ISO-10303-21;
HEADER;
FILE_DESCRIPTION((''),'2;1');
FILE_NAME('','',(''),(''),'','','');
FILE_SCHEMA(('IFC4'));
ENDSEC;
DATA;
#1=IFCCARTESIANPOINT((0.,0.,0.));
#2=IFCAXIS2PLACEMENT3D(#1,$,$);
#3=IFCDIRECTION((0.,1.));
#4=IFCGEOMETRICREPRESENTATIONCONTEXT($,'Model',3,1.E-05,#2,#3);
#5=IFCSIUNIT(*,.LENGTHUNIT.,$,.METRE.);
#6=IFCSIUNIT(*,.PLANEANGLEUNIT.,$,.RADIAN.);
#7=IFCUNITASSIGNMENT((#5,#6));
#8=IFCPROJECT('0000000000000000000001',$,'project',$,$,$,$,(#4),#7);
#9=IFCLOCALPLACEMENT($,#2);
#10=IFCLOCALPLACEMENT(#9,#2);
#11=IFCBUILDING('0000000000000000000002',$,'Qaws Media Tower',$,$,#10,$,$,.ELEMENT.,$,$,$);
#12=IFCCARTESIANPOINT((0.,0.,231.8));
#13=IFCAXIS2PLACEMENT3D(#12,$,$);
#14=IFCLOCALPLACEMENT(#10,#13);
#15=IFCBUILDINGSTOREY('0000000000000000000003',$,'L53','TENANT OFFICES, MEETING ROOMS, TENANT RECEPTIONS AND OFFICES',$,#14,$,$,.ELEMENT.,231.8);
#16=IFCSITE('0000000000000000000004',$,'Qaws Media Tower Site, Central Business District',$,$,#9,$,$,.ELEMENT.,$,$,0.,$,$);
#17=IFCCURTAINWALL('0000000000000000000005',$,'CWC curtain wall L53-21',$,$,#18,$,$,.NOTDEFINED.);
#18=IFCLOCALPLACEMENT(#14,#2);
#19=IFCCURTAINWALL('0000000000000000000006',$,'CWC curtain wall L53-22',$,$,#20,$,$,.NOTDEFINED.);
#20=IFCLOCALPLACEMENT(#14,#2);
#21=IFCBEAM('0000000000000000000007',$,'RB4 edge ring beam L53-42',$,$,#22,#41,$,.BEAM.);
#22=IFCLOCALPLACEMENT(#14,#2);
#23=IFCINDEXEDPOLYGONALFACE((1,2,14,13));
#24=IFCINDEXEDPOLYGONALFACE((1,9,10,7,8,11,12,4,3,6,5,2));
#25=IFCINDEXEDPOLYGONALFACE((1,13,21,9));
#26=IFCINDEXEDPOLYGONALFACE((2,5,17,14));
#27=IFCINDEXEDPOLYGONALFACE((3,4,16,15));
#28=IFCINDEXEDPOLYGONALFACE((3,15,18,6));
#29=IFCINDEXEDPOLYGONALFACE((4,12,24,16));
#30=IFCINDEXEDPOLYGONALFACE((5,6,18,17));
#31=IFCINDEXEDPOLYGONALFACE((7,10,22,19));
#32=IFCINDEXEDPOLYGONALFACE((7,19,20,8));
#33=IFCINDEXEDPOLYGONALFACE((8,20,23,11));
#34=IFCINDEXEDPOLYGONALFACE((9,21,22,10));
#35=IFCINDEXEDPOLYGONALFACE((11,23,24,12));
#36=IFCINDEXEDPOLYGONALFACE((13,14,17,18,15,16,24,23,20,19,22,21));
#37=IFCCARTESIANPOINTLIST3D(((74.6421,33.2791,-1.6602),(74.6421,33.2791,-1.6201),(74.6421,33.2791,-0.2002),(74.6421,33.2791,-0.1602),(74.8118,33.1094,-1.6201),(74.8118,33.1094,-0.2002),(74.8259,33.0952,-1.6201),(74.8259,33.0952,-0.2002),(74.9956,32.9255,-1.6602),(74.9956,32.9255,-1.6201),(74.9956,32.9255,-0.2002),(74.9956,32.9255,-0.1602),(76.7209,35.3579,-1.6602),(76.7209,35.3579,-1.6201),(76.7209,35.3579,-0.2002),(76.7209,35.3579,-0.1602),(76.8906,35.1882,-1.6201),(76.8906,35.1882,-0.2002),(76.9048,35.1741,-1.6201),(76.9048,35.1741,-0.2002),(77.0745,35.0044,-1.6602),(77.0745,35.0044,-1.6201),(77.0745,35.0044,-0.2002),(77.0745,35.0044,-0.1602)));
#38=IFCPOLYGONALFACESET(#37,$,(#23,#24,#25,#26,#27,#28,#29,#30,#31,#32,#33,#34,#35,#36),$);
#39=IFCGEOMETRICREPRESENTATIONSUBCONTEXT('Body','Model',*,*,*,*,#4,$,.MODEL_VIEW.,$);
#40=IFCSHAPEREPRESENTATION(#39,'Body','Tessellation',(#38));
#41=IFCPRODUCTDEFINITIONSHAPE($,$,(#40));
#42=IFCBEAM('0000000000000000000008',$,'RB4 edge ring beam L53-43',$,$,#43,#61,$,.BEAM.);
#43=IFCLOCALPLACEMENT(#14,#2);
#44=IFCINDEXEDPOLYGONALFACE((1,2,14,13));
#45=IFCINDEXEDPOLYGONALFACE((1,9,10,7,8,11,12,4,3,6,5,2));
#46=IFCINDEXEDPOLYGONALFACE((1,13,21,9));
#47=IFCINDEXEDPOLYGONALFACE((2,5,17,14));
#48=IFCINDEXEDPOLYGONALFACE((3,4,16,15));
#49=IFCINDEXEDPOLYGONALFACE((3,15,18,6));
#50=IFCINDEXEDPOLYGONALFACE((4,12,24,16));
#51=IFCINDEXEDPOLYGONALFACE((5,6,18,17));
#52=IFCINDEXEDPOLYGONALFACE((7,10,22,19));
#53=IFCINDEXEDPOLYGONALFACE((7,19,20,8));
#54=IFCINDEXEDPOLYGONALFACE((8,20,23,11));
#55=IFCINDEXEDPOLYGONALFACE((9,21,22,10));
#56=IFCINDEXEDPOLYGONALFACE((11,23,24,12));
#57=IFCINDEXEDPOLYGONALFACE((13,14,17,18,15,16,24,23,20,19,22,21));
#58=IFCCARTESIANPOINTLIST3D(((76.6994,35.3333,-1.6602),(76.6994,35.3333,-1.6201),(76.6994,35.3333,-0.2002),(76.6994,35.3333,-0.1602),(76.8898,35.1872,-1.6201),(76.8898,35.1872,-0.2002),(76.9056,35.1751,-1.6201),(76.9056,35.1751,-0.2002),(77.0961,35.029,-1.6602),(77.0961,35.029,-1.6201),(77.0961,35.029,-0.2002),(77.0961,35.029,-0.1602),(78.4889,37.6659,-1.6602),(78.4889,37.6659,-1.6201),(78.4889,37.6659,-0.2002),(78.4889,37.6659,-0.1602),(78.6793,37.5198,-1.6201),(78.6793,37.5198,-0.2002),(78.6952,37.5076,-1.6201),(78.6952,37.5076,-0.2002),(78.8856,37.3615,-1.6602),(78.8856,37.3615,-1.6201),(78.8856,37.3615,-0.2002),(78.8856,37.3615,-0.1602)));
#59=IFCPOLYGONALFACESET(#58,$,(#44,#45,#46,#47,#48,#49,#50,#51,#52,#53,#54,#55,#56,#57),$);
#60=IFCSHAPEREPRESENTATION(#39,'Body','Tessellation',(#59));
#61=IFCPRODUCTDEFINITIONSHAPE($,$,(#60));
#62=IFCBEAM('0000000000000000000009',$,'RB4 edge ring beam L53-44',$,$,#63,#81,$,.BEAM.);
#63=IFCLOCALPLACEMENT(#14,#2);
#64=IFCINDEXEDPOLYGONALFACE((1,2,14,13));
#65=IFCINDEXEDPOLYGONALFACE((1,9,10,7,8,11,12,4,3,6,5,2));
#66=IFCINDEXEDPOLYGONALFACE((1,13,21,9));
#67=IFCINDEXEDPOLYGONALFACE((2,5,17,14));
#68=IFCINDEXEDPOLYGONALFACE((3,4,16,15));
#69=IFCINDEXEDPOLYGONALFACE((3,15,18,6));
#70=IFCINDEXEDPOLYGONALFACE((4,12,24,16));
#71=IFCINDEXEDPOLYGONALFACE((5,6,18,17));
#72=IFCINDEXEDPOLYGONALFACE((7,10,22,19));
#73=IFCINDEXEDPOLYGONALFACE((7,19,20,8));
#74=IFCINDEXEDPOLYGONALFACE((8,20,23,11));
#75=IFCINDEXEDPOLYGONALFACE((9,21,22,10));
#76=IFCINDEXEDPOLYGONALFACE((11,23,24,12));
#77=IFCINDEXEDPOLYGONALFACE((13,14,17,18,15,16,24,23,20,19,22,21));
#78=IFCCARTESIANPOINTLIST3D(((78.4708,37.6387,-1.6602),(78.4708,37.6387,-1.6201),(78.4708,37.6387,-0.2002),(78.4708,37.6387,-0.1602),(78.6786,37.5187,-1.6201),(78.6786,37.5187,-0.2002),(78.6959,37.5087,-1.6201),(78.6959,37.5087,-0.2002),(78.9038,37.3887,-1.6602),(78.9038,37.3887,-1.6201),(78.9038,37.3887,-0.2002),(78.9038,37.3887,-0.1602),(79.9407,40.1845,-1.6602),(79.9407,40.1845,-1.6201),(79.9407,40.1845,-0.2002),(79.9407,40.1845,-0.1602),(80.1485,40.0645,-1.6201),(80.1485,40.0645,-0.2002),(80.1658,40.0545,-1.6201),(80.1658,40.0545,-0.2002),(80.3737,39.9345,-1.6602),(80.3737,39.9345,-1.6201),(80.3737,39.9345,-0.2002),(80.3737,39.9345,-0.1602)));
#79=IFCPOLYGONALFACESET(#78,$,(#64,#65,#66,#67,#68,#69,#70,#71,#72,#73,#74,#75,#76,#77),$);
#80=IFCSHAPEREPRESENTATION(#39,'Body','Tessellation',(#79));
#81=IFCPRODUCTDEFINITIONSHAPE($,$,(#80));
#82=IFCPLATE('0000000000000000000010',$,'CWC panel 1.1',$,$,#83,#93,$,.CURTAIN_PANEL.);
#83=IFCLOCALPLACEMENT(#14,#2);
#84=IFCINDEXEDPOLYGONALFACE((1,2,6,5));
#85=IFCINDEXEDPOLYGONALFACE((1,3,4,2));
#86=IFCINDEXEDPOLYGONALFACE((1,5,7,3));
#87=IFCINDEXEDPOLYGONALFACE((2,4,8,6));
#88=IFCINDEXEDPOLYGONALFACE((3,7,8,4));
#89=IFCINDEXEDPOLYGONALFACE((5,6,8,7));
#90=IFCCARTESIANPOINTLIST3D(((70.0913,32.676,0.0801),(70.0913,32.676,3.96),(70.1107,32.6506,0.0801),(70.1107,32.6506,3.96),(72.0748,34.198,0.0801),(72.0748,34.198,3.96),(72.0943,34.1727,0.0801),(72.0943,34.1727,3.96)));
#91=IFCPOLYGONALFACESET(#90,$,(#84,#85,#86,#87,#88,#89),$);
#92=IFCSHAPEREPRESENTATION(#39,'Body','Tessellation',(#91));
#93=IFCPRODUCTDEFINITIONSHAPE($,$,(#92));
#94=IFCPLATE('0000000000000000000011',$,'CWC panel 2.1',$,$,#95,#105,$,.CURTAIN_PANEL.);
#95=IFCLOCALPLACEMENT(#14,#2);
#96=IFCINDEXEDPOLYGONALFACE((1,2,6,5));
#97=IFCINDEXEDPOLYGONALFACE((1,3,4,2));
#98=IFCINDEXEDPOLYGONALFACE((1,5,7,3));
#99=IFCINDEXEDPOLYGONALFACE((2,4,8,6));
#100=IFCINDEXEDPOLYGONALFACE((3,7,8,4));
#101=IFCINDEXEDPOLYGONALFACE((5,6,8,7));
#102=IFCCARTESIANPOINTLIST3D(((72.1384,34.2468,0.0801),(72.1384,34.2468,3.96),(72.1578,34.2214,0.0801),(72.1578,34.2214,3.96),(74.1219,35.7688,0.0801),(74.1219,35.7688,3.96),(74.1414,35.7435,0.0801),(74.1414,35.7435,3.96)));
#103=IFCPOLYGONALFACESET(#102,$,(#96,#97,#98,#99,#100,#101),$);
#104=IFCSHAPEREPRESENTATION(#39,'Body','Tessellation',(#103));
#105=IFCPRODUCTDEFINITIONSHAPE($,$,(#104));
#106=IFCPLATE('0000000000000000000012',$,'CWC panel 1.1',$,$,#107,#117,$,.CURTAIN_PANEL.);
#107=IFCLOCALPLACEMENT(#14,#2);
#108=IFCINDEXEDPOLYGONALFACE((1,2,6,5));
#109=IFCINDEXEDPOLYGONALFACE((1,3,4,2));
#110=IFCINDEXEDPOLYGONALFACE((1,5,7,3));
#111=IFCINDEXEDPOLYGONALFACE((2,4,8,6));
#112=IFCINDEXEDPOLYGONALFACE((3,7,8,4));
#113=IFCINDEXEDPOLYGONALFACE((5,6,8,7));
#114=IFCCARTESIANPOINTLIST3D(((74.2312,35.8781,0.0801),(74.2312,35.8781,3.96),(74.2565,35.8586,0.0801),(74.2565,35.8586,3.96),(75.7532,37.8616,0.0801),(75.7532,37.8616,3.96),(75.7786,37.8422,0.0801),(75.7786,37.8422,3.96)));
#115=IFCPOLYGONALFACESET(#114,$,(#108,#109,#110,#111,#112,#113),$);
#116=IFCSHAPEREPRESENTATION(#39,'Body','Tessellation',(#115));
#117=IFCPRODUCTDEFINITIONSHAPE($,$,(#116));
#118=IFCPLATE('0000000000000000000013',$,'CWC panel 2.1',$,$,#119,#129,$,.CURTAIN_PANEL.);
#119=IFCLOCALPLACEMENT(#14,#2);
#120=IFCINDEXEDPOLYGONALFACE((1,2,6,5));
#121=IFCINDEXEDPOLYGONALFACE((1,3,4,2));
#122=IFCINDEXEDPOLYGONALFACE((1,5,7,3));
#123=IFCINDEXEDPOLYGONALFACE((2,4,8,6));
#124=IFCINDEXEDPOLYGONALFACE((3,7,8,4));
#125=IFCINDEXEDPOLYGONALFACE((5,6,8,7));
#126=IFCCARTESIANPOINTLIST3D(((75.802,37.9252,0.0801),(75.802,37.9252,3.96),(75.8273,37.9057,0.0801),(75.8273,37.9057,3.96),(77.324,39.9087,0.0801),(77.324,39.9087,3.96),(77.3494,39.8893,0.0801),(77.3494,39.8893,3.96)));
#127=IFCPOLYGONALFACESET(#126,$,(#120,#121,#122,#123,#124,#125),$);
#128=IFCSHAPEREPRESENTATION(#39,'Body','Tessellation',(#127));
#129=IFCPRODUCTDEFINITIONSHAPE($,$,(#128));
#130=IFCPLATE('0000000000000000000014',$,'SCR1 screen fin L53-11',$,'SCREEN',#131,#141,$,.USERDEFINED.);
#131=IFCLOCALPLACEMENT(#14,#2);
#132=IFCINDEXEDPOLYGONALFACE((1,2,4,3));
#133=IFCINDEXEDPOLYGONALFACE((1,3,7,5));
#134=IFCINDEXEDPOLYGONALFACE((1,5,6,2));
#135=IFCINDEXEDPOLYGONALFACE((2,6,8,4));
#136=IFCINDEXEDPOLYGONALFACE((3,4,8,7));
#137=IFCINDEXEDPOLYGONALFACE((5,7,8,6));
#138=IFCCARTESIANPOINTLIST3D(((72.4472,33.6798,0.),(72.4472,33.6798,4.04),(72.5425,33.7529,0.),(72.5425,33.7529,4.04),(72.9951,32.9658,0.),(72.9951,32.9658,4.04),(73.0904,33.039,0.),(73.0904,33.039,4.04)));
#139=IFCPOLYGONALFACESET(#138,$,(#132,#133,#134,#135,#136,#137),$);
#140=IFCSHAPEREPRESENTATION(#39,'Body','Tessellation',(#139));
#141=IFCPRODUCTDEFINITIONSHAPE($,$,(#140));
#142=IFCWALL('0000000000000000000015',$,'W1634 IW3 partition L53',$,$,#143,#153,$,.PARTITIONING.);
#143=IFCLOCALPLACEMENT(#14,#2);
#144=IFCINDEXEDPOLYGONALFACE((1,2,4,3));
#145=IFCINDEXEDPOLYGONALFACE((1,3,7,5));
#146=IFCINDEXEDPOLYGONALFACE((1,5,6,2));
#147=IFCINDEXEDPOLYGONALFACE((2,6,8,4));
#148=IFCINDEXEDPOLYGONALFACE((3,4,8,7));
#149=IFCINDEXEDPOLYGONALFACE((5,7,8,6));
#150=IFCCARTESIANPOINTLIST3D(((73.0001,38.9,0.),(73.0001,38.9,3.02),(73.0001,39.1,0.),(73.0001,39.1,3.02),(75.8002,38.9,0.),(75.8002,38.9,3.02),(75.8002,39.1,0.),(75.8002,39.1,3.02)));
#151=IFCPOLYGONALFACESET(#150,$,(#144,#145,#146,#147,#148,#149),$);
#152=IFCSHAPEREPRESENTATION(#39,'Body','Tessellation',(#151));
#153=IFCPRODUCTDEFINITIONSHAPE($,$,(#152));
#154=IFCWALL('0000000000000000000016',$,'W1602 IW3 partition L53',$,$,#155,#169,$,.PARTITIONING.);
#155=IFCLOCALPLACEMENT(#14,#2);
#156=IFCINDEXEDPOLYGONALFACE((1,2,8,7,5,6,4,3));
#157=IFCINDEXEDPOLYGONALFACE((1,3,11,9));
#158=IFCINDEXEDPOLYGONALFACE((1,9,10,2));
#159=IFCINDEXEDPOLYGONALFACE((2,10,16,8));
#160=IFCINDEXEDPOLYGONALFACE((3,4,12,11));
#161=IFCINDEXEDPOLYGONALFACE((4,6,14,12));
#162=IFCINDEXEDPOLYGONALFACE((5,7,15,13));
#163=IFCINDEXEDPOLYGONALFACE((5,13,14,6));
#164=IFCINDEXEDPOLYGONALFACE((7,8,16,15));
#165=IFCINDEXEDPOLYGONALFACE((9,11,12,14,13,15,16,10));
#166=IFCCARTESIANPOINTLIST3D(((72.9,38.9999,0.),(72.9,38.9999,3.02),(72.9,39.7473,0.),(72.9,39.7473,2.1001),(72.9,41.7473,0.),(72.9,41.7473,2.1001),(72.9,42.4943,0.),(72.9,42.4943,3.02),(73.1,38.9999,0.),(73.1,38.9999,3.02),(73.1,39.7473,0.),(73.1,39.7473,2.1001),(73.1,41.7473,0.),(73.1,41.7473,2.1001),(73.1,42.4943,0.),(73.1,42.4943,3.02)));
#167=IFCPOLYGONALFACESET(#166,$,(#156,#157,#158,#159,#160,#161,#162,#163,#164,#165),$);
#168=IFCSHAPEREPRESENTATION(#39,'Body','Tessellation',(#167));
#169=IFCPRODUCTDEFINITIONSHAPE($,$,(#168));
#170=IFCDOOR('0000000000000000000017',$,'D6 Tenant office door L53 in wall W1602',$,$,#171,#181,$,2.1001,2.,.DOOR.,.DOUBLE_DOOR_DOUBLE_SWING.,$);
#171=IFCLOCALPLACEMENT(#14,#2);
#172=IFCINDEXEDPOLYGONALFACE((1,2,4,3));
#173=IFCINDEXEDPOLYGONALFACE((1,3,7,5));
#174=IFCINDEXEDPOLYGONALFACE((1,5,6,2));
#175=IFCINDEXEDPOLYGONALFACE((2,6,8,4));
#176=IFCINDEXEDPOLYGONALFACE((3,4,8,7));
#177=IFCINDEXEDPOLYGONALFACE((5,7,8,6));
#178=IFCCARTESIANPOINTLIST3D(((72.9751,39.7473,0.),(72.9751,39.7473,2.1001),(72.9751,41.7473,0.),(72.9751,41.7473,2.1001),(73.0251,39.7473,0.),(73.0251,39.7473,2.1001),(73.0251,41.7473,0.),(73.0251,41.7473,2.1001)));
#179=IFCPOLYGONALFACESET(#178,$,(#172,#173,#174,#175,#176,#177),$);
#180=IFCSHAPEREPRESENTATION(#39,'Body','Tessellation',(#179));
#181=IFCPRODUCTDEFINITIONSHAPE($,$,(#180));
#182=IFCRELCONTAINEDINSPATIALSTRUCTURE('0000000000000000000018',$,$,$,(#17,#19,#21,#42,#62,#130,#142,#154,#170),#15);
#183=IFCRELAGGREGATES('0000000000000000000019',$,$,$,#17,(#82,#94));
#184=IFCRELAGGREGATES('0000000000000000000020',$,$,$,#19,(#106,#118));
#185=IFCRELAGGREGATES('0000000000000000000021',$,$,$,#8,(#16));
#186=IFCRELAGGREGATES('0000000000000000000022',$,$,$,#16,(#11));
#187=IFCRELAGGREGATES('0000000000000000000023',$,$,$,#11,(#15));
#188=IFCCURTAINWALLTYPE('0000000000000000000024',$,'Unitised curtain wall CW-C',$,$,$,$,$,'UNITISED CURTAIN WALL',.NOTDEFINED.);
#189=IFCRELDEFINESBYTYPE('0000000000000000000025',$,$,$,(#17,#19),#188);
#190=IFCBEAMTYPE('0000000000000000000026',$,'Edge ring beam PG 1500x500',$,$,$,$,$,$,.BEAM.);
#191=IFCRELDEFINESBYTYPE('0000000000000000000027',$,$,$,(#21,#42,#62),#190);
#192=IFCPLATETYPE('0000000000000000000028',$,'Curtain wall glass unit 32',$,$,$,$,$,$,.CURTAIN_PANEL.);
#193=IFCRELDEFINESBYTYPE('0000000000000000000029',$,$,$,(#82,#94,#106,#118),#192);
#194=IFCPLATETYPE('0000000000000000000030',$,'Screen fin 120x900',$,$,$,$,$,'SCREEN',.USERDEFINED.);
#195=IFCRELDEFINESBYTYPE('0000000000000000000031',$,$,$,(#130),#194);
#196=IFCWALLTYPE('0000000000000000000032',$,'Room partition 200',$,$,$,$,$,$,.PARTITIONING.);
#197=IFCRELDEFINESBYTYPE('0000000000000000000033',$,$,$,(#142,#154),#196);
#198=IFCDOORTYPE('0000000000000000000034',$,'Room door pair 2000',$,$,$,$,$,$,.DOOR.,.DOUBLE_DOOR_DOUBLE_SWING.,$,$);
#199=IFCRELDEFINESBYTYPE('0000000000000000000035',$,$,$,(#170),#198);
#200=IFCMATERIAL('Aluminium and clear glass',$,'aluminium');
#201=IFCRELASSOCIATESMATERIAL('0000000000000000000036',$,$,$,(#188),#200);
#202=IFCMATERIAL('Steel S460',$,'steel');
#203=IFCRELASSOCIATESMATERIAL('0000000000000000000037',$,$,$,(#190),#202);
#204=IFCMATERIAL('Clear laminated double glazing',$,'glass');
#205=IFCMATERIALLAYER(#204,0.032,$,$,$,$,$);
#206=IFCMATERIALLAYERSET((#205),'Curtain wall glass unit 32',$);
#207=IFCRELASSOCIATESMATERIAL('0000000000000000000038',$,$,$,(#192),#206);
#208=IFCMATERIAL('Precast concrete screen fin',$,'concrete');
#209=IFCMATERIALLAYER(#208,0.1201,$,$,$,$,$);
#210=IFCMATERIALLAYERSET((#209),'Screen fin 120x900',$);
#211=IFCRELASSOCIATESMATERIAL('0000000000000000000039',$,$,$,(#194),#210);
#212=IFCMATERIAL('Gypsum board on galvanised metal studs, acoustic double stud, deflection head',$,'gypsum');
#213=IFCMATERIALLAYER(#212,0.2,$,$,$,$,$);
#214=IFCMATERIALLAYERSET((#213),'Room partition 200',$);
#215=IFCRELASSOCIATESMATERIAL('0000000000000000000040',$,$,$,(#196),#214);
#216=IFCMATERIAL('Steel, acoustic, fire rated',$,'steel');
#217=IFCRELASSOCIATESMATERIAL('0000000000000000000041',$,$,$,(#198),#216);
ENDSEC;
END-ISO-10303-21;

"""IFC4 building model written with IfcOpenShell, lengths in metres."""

from ifc_helpers import new_model, si_unit, direction, frame, frame_2d, origin, origin_2d, place, context, subcontext, project, spatial, rectangle, i_section, extrude, material, layer, layer_set, material_profile, profile_set, type_object, element, fill, aggregate, save


model = new_model("IFC4")

# Units and contexts
model_context = context("Model", 3, precision=1e-05, world=origin(), true_north=direction((0.0, 1.0)))
body_context = subcontext(model_context, "Body", "Model", "MODEL_VIEW")
ifc_project = project(units=[si_unit("LENGTHUNIT", "METRE"), si_unit("PLANEANGLEUNIT", "RADIAN")], contexts=[model_context])

# Site, building, storey
site_placement = place(None, origin())
site = spatial("IfcSite", under=ifc_project, at=site_placement, Name="Qaws Media Tower Site, Central Business District", CompositionType="ELEMENT", RefElevation=0.0)
building_placement = place(site_placement, origin())
building = spatial("IfcBuilding", under=site, at=building_placement, Name="Qaws Media Tower", CompositionType="ELEMENT")
storey_placement = place(building_placement, frame((0.0, 0.0, 231.8)))
storey = spatial("IfcBuildingStorey", under=building, at=storey_placement, Name="L53", Description="TENANT OFFICES, MEETING ROOMS, TENANT RECEPTIONS AND OFFICES", CompositionType="ELEMENT", Elevation=231.8)

# Curtain walls
ifc_material_1 = material(Name="Aluminium and clear glass", Category="aluminium")
curtain_wall_type = type_object("IfcCurtainWallType", Name="Unitised curtain wall CW-C", ElementType="UNITISED CURTAIN WALL", PredefinedType="NOTDEFINED", material=ifc_material_1)
curtain_wall_1_placement = place(storey_placement, origin())
curtain_wall_1 = element("IfcCurtainWall", 1, at=curtain_wall_1_placement, inside=storey, type_object=curtain_wall_type, Name="CWC curtain wall L53-21", PredefinedType="NOTDEFINED")
curtain_wall_2_placement = place(storey_placement, origin())
curtain_wall_2 = element("IfcCurtainWall", 2, at=curtain_wall_2_placement, inside=storey, type_object=curtain_wall_type, Name="CWC curtain wall L53-22", PredefinedType="NOTDEFINED")

# Beams
ifc_material_2 = material(Name="Steel S460", Category="steel")
ifc_material_profile_1 = material_profile(ifc_material_2, i_section(OverallWidth=0.5, OverallDepth=1.5, WebThickness=0.02, FlangeThickness=0.04, at=origin_2d()), Name="PG 1500x500")
ifc_profile_set_1 = profile_set([ifc_material_profile_1], Name="Steel S460")
beam_type = type_object("IfcBeamType", Name="Edge ring beam PG 1500x500", PredefinedType="BEAM", material=ifc_profile_set_1)
for number, where, z_axis, x_axis, name in (
    (3, (74.8188, 33.1023, -0.9102), (0.707107, 0.707107, 0.0), (-0.707107, 0.707107, 0.0), "RB4 edge ring beam L53-42"),
    (4, (76.8977, 35.1812, -0.9102), (0.608707, 0.793395, 0.0), (-0.793395, 0.608707, 0.0), "RB4 edge ring beam L53-43"),
):
    element("IfcBeam", number, at=place(storey_placement, frame(where, z_axis=z_axis, x_axis=x_axis)), inside=storey, type_object=beam_type, Name=name, PredefinedType="BEAM", context=body_context, shape_type="SweptSolid", body=[
        extrude(i_section(OverallWidth=0.5, OverallDepth=1.5, WebThickness=0.02, FlangeThickness=0.04, at=origin_2d()), origin(), (0.0, 0.0, 1.0), 2.9399),
    ])
beam_placement = place(storey_placement, frame((78.6873, 37.5137, -0.9102), z_axis=(0.500024, 0.866011, 0.0), x_axis=(-0.866011, 0.500024, 0.0)))
element("IfcBeam", 5, at=beam_placement, inside=storey, type_object=beam_type, Name="RB4 edge ring beam L53-44", PredefinedType="BEAM", context=body_context, shape_type="SweptSolid", body=[
    extrude(i_section(OverallWidth=0.5, OverallDepth=1.5, WebThickness=0.02, FlangeThickness=0.04, at=origin_2d()), origin(), (0.0, 0.0, 1.0), 2.9397),
])

# Plates
ifc_material_3 = material(Name="Clear laminated double glazing", Category="glass")
ifc_layer_1 = layer(ifc_material_3, 0.032)
ifc_layer_set_1 = layer_set([ifc_layer_1], Name="Curtain wall glass unit 32")
plate_type_1 = type_object("IfcPlateType", Name="Curtain wall glass unit 32", PredefinedType="CURTAIN_PANEL", material=ifc_layer_set_1)
plate_1_placement = place(storey_placement, frame((71.0928, 33.4243, 0.0801), z_axis=(0.0, 0.0, 1.0), x_axis=(0.793353, 0.608761, 0.0)))
plate_1 = element("IfcPlate", 6, at=plate_1_placement, type_object=plate_type_1, Name="CWC panel 1.1", PredefinedType="CURTAIN_PANEL", context=body_context, shape_type="SweptSolid", body=[
    extrude(rectangle(XDim=2.5002, YDim=0.032, at=origin_2d()), origin(), (0.0, 0.0, 1.0), 3.8799),
])
plate_2_placement = place(storey_placement, frame((73.1399, 34.9951, 0.0801), z_axis=(0.0, 0.0, 1.0), x_axis=(0.793353, 0.608761, 0.0)))
plate_2 = element("IfcPlate", 7, at=plate_2_placement, type_object=plate_type_1, Name="CWC panel 2.1", PredefinedType="CURTAIN_PANEL", context=body_context, shape_type="SweptSolid", body=[
    extrude(rectangle(XDim=2.5002, YDim=0.032, at=origin_2d()), origin(), (0.0, 0.0, 1.0), 3.8799),
])
aggregate(curtain_wall_1, [plate_1, plate_2])
plate_3_placement = place(storey_placement, frame((75.0049, 36.8601, 0.0801), z_axis=(0.0, 0.0, 1.0), x_axis=(0.608761, 0.793353, 0.0)))
plate_3 = element("IfcPlate", 8, at=plate_3_placement, type_object=plate_type_1, Name="CWC panel 1.1", PredefinedType="CURTAIN_PANEL", context=body_context, shape_type="SweptSolid", body=[
    extrude(rectangle(XDim=2.5002, YDim=0.032, at=origin_2d()), origin(), (0.0, 0.0, 1.0), 3.8799),
])
plate_4_placement = place(storey_placement, frame((76.5757, 38.9072, 0.0801), z_axis=(0.0, 0.0, 1.0), x_axis=(0.608761, 0.793353, 0.0)))
plate_4 = element("IfcPlate", 9, at=plate_4_placement, type_object=plate_type_1, Name="CWC panel 2.1", PredefinedType="CURTAIN_PANEL", context=body_context, shape_type="SweptSolid", body=[
    extrude(rectangle(XDim=2.5002, YDim=0.032, at=origin_2d()), origin(), (0.0, 0.0, 1.0), 3.8799),
])
aggregate(curtain_wall_2, [plate_3, plate_4])
ifc_material_4 = material(Name="Precast concrete screen fin", Category="concrete")
ifc_layer_2 = layer(ifc_material_4, 0.1201)
ifc_layer_set_2 = layer_set([ifc_layer_2], Name="Screen fin 120x900")
plate_type_2 = type_object("IfcPlateType", Name="Screen fin 120x900", ElementType="SCREEN", PredefinedType="USERDEFINED", material=ifc_layer_set_2)
plate_5_placement = place(storey_placement, frame((72.7688, 33.3594, 0.0), z_axis=(0.0, 0.0, 1.0), x_axis=(0.608761, -0.793353, 0.0)))
element("IfcPlate", 10, at=plate_5_placement, inside=storey, type_object=plate_type_2, Name="SCR1 screen fin L53-11", ObjectType="SCREEN", PredefinedType="USERDEFINED", context=body_context, shape_type="SweptSolid", body=[
    extrude(rectangle(XDim=0.8999, YDim=0.1201, at=origin_2d()), origin(), (0.0, 0.0, 1.0), 4.04),
])

# Wall
ifc_material_5 = material(Name="Gypsum board on galvanised metal studs, acoustic double stud, deflection head", Category="gypsum")
ifc_layer_3 = layer(ifc_material_5, 0.2)
ifc_layer_set_3 = layer_set([ifc_layer_3], Name="Room partition 200")
wall_type = type_object("IfcWallType", Name="Room partition 200", PredefinedType="PARTITIONING", material=ifc_layer_set_3)
wall_1_placement = place(storey_placement, frame((75.8, 39.0, 0.0), z_axis=(0.0, 0.0, 1.0), x_axis=(-1.0, 0.0, 0.0)))
element("IfcWall", 11, at=wall_1_placement, inside=storey, type_object=wall_type, Name="W1634 IW3 partition L53", PredefinedType="PARTITIONING", context=body_context, shape_type="SweptSolid", body=[
    extrude(rectangle(XDim=2.8, YDim=0.2, at=frame_2d((1.3999, 0.0))), origin(), (0.0, 0.0, 1.0), 3.02),
])

# Wall, opening, door
wall_2_placement = place(storey_placement, frame((73.0, 39.0, 0.0), z_axis=(0.0, 0.0, 1.0), x_axis=(0.0, 1.0, 0.0)))
wall_2 = element("IfcWall", 12, at=wall_2_placement, inside=storey, type_object=wall_type, Name="W1602 IW3 partition L53", PredefinedType="PARTITIONING", context=body_context, shape_type="SweptSolid", body=[
    extrude(rectangle(XDim=3.4944, YDim=0.2, at=frame_2d((1.7471, 0.0))), origin(), (0.0, 0.0, 1.0), 3.02),
])
opening_placement = place(wall_2_placement, frame((0.7473, 0.0, 0.0)))
opening = element("IfcOpeningElement", 13, at=opening_placement, cuts=wall_2, PredefinedType="OPENING", context=body_context, shape_type="SweptSolid", body=[
    extrude(rectangle(XDim=2.0, YDim=2.1001, at=frame_2d((1.0, 1.05))), frame((0.0, 0.1099, 0.0), z_axis=(0.0, -1.0, 0.0), x_axis=(1.0, 0.0, 0.0)), (0.0, 0.0, 1.0), 0.22),
])
ifc_material_6 = material(Name="Steel, acoustic, fire rated", Category="steel")
door_type = type_object("IfcDoorType", Name="Room door pair 2000", OperationType="DOUBLE_DOOR_DOUBLE_SWING", PredefinedType="DOOR", material=ifc_material_6)
door_placement = place(opening_placement, origin())
door = element("IfcDoor", 14, at=door_placement, inside=storey, type_object=door_type, Name="D6 Tenant office door L53 in wall W1602", OperationType="DOUBLE_DOOR_DOUBLE_SWING", OverallHeight=2.1001, OverallWidth=2.0, PredefinedType="DOOR", context=body_context, shape_type="SweptSolid", body=[
    extrude(rectangle(XDim=2.0, YDim=2.1001, at=frame_2d((1.0, 1.05))), frame((0.0, 0.0249, 0.0), z_axis=(0.0, -1.0, 0.0), x_axis=(1.0, 0.0, 0.0)), (0.0, 0.0, 1.0), 0.05),
])
fill(opening, door)

save(model, "model.ifc")
